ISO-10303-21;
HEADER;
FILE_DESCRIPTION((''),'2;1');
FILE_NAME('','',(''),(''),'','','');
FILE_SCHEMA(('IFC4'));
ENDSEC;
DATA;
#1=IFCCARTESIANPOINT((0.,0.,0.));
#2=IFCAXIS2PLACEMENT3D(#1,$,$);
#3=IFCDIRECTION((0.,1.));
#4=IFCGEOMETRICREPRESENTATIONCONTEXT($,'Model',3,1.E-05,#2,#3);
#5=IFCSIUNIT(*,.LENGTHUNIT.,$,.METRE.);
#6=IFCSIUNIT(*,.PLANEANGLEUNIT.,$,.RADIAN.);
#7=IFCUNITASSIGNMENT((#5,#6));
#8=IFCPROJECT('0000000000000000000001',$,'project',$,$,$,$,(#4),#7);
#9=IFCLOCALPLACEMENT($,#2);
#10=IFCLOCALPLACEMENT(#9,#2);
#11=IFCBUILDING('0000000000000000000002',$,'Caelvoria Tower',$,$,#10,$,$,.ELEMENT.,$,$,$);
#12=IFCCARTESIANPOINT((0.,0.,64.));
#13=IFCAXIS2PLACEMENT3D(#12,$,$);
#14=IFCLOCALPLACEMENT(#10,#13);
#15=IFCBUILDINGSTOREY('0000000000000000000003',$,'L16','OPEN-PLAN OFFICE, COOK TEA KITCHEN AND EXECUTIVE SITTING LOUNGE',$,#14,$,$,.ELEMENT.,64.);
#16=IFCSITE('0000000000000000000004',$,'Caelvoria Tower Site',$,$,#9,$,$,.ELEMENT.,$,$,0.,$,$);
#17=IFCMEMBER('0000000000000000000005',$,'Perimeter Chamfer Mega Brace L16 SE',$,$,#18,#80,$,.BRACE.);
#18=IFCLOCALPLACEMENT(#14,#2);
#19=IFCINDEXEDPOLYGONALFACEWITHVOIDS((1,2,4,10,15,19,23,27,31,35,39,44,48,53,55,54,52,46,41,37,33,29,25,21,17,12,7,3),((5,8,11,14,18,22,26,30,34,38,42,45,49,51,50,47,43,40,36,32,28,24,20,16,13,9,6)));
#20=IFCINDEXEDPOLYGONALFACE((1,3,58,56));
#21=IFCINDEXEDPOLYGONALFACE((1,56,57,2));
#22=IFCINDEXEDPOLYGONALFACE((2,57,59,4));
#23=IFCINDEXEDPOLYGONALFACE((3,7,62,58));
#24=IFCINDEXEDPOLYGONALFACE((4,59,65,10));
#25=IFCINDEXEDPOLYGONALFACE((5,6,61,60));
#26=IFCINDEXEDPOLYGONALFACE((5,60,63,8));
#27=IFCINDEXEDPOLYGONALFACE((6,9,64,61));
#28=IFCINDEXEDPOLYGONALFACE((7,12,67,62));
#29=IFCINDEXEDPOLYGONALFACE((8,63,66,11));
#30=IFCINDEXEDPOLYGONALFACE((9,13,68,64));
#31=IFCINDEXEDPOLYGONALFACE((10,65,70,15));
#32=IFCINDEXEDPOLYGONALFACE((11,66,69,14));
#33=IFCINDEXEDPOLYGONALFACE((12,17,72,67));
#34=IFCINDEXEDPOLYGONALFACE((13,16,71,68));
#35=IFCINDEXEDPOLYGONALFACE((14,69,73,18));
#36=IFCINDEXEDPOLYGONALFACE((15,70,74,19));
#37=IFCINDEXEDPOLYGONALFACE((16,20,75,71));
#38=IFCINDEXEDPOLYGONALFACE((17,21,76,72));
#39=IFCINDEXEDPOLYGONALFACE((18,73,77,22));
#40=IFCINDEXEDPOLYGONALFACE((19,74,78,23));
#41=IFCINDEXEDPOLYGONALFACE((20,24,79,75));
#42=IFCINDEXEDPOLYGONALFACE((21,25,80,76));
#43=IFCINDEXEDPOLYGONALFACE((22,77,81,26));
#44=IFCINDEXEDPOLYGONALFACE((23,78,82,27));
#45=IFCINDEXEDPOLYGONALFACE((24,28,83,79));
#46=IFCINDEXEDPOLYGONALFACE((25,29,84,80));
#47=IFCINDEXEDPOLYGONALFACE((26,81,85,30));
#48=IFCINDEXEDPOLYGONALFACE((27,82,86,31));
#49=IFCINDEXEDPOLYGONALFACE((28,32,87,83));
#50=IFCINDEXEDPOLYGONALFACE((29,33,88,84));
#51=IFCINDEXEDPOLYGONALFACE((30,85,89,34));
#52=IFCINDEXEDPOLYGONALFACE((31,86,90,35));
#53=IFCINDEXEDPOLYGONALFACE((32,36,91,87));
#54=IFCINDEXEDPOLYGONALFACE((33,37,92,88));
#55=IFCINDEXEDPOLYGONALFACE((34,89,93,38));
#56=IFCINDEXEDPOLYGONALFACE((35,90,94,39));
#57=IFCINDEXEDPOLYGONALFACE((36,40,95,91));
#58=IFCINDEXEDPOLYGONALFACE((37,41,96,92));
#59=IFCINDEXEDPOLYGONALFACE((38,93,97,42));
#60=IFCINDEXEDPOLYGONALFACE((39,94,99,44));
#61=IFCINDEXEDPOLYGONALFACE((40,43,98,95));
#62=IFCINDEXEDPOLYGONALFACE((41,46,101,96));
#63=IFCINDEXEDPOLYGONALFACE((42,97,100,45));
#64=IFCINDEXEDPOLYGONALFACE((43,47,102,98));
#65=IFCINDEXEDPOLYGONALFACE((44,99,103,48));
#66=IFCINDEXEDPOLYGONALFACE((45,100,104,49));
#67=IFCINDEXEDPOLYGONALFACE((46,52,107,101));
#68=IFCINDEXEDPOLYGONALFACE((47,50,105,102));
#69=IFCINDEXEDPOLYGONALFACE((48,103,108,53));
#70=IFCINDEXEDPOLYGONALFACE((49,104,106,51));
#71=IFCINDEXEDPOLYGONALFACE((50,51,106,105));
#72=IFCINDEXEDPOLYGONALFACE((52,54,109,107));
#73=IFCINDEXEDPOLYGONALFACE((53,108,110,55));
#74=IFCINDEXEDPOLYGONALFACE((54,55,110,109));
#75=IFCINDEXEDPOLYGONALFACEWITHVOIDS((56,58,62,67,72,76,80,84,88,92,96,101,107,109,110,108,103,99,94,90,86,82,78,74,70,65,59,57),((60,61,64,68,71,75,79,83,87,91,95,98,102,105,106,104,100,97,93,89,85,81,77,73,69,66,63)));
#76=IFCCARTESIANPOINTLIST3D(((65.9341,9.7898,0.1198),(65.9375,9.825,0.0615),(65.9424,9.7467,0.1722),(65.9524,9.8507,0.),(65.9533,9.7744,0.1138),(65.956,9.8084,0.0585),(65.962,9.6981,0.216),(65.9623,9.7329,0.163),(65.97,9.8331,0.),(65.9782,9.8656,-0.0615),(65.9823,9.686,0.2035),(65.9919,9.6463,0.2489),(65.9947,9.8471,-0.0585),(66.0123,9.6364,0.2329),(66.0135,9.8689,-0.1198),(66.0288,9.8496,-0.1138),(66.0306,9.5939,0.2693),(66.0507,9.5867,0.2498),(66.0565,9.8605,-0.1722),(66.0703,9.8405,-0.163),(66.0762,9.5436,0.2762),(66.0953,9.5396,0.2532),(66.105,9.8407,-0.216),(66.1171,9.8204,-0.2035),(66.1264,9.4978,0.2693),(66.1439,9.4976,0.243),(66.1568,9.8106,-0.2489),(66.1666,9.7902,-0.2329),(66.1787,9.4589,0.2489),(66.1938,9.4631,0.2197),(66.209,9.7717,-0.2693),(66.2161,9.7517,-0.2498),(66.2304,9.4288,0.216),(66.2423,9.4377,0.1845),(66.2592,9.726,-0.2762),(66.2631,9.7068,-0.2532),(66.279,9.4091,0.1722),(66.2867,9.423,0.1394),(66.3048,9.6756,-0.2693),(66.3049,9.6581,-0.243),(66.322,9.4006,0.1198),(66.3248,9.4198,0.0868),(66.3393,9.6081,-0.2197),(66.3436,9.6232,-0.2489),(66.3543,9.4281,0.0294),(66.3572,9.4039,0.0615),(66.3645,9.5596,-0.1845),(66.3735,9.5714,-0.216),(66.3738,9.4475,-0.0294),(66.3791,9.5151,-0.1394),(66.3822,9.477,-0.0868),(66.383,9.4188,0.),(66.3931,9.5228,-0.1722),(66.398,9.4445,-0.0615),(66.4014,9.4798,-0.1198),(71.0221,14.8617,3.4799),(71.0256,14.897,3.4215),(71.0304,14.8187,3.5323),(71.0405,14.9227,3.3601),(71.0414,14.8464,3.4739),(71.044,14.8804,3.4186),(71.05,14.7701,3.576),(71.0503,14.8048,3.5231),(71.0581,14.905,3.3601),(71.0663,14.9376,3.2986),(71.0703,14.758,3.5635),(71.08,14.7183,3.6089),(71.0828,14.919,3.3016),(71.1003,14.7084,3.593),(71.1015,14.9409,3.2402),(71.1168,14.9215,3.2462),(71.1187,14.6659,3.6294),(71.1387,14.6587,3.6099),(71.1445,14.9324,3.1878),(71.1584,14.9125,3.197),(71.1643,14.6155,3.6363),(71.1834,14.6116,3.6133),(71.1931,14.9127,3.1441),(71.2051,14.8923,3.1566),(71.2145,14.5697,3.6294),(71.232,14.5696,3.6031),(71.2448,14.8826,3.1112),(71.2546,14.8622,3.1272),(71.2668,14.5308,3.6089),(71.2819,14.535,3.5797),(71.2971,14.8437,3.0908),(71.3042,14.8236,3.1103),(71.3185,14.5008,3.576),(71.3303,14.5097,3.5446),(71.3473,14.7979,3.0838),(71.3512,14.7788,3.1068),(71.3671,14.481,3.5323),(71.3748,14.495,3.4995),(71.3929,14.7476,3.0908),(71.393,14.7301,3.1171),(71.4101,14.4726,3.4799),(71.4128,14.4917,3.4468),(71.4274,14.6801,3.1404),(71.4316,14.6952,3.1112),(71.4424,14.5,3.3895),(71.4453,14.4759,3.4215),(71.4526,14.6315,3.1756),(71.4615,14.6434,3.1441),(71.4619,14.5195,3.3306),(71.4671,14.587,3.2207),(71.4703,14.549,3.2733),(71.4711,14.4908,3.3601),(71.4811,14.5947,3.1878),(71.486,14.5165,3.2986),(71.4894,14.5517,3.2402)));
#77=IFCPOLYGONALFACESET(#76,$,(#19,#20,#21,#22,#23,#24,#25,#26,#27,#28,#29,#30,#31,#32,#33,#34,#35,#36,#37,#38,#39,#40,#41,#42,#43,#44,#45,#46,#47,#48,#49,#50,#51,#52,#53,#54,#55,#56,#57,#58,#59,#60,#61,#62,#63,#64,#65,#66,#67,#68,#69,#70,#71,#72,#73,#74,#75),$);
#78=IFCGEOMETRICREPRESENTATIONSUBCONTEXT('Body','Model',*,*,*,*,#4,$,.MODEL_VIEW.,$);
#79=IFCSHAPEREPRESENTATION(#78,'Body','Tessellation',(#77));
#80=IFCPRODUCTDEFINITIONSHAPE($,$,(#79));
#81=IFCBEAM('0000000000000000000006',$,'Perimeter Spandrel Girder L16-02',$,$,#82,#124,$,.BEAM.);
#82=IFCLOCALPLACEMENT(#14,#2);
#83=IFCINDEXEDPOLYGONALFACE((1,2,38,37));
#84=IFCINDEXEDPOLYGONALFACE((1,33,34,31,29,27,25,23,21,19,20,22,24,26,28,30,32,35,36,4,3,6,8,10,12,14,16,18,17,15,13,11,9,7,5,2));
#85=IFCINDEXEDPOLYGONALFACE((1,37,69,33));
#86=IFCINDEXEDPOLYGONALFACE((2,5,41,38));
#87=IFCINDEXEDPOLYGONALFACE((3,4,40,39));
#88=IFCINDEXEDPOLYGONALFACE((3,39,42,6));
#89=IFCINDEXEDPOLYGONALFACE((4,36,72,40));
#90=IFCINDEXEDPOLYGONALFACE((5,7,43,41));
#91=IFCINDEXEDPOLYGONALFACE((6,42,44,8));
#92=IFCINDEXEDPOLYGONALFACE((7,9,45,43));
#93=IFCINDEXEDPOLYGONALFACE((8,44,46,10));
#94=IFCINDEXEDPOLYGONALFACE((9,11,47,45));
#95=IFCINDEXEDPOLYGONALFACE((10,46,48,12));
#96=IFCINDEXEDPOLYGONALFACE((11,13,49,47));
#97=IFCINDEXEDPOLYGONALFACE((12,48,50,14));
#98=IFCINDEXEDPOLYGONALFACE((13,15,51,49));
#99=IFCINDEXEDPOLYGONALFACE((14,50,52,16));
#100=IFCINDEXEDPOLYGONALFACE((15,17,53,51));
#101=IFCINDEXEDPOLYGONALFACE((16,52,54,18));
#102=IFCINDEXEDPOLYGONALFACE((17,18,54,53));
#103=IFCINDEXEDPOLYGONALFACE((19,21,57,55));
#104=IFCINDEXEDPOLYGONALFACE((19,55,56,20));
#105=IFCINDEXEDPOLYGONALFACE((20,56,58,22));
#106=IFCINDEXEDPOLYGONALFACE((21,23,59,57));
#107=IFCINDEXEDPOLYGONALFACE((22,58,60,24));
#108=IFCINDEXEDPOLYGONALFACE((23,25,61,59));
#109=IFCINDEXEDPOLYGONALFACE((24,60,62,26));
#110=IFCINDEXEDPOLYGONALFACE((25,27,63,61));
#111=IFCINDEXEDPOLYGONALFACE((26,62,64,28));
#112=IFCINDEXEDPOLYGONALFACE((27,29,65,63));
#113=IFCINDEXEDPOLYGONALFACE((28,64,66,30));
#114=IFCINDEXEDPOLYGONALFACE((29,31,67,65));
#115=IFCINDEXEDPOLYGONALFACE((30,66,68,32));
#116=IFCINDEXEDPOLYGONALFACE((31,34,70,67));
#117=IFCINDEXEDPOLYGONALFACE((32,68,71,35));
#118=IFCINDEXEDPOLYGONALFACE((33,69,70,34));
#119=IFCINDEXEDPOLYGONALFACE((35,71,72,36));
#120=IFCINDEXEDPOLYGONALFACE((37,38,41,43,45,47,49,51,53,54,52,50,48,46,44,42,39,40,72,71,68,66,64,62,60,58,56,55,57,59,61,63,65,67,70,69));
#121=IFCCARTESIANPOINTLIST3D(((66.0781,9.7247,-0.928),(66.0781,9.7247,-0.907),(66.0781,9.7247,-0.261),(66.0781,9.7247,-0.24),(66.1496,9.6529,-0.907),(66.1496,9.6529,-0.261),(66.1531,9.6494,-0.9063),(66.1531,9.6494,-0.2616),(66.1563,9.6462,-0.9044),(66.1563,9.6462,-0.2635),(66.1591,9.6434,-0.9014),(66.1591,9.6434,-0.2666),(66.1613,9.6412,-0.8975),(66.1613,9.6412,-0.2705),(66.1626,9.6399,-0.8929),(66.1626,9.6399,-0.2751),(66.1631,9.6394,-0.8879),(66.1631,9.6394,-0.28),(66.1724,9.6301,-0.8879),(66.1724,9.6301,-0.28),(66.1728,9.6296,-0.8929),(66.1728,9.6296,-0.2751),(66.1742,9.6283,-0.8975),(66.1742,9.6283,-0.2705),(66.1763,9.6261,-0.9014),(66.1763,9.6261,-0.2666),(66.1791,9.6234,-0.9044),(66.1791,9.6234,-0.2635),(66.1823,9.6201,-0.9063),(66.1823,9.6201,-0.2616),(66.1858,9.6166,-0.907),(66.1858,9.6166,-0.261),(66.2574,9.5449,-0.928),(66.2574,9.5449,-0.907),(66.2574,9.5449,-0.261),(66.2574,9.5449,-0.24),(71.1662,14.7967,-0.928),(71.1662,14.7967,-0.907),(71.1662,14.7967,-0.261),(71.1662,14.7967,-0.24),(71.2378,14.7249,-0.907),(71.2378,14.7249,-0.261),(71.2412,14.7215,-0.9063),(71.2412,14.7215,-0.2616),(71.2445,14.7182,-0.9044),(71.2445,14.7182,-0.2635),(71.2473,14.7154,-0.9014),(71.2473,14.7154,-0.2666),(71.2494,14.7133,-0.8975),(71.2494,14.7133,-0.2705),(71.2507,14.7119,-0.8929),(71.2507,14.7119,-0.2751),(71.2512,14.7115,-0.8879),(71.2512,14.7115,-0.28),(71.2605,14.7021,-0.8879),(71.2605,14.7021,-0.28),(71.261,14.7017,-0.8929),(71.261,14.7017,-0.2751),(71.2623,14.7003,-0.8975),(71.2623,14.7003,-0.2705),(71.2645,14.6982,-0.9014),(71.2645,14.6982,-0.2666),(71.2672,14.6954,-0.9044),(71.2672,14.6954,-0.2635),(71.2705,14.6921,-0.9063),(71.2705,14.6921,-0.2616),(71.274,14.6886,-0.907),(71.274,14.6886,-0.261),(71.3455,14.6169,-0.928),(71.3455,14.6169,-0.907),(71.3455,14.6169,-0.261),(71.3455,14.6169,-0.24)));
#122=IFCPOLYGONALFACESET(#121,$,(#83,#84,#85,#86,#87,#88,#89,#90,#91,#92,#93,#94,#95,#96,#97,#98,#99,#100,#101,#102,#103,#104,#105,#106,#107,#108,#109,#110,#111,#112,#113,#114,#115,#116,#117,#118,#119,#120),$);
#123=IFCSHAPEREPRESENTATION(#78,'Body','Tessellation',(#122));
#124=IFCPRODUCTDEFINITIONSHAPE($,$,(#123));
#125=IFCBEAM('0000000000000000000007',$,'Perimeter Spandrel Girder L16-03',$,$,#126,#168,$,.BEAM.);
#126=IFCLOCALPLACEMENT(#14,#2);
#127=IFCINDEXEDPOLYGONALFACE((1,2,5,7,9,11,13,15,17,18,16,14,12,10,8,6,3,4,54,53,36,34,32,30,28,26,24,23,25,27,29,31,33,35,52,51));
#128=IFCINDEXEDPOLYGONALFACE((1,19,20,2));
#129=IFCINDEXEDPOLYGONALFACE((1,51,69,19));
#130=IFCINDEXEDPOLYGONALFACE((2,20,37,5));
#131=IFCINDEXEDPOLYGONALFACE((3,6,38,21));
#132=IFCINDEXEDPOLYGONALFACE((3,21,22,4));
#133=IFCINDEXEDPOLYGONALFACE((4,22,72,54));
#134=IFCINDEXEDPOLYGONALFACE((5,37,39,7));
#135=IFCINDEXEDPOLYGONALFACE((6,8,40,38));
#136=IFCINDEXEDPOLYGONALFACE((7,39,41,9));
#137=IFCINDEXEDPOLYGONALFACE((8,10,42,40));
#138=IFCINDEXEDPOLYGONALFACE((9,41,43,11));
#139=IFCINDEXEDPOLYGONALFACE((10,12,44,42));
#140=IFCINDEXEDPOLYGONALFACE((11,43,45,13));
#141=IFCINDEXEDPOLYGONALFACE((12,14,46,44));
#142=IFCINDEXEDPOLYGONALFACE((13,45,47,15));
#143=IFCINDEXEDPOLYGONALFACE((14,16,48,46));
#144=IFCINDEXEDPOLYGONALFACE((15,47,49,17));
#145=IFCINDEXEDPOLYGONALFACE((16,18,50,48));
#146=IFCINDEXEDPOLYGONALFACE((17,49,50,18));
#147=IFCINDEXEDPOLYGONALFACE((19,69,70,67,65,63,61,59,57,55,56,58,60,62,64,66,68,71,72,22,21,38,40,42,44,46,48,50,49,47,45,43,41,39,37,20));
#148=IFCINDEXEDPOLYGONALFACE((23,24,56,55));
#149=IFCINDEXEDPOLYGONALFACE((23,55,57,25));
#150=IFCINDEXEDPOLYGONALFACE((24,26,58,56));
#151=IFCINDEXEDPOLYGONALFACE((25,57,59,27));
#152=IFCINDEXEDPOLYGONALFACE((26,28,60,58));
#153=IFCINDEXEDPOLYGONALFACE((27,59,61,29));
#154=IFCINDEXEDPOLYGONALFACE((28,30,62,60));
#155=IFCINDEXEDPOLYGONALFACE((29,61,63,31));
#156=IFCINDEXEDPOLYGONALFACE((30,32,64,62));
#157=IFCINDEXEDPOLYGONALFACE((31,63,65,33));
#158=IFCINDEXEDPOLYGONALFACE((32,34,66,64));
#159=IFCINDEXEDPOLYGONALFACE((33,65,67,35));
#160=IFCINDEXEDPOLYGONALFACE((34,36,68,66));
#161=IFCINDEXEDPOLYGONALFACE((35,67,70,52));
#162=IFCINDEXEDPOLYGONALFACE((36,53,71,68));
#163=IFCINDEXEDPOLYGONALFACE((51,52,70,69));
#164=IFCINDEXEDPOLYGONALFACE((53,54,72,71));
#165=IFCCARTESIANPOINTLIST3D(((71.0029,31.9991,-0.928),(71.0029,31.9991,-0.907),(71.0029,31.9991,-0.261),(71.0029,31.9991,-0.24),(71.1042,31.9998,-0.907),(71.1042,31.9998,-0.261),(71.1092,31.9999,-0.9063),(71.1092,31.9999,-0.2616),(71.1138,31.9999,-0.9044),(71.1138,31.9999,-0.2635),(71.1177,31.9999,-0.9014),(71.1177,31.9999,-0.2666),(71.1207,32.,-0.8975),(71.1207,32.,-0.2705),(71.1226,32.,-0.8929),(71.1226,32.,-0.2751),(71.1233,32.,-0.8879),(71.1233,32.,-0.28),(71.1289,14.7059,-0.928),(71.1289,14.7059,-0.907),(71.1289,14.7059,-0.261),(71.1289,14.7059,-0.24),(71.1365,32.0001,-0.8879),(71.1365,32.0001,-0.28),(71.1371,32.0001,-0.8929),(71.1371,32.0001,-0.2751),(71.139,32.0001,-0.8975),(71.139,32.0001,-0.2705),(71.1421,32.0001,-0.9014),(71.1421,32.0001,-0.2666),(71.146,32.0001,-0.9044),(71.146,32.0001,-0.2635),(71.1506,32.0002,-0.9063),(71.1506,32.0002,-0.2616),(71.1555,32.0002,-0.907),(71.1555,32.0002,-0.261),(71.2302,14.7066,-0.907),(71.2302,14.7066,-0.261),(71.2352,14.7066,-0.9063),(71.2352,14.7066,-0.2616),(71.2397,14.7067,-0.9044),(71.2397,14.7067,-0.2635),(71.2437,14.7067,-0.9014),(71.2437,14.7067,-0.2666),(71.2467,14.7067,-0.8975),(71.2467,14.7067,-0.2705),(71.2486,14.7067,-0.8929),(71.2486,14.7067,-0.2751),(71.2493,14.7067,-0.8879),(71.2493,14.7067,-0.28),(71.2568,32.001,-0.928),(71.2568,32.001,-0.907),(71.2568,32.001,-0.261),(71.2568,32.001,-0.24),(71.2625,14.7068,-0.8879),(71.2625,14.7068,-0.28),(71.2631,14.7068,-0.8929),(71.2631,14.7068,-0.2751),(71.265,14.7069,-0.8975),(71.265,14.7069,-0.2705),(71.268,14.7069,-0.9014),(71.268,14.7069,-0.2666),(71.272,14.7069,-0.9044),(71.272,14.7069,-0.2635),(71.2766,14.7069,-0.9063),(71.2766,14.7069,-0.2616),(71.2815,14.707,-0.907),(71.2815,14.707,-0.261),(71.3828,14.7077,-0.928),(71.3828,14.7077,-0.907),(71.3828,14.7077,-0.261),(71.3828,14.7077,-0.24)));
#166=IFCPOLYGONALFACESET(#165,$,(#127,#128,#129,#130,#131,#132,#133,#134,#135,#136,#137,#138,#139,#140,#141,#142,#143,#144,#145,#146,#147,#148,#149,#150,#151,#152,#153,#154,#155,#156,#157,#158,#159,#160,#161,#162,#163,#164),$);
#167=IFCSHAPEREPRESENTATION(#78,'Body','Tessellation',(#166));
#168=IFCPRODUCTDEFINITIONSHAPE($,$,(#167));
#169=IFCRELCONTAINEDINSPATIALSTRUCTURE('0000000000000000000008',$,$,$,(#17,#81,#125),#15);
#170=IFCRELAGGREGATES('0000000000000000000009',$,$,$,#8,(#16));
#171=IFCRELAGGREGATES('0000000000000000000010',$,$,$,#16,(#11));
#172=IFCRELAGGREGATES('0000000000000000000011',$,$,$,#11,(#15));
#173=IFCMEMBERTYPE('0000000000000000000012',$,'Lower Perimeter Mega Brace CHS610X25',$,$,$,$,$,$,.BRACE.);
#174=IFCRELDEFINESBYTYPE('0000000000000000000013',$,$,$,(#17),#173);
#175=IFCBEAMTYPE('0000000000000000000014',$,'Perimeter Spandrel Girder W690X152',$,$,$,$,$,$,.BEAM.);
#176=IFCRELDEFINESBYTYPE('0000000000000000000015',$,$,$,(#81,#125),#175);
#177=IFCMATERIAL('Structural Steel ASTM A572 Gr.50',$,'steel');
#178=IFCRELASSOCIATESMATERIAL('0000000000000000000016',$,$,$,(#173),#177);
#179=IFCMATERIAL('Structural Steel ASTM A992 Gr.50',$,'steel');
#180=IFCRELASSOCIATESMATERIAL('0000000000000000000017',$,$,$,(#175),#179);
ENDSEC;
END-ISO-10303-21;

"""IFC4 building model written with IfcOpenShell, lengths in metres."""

from ifc_helpers import new_model, si_unit, direction, frame, origin, origin_2d, place, context, subcontext, project, spatial, hollow_circle, i_section, extrude, material, material_profile, profile_set, type_object, element, save


model = new_model("IFC4")

# Units and contexts
model_context = context("Model", 3, precision=1e-05, world=origin(), true_north=direction((0.0, 1.0)))
body_context = subcontext(model_context, "Body", "Model", "MODEL_VIEW")
ifc_project = project(units=[si_unit("LENGTHUNIT", "METRE"), si_unit("PLANEANGLEUNIT", "RADIAN")], contexts=[model_context])

# Site, building, storey
site_placement = place(None, origin())
site = spatial("IfcSite", under=ifc_project, at=site_placement, Name="Caelvoria Tower Site", CompositionType="ELEMENT", RefElevation=0.0)
building_placement = place(site_placement, origin())
building = spatial("IfcBuilding", under=site, at=building_placement, Name="Caelvoria Tower", CompositionType="ELEMENT")
storey_placement = place(building_placement, frame((0.0, 0.0, 64.0)))
storey = spatial("IfcBuildingStorey", under=building, at=storey_placement, Name="L16", Description="OPEN-PLAN OFFICE, COOK TEA KITCHEN AND EXECUTIVE SITTING LOUNGE", CompositionType="ELEMENT", Elevation=64.0)

# Shared definitions
ifc_material_1 = material(Name="Structural Steel ASTM A572 Gr.50", Category="steel")

# Shared definitions
ifc_material_2 = material(Name="Structural Steel ASTM A992 Gr.50", Category="steel")

# Member
ifc_material_profile_1 = material_profile(ifc_material_1, hollow_circle(Radius=0.3049, WallThickness=0.0249, at=origin_2d()), Name="Structural Steel ASTM A572 Gr.50")
ifc_profile_set_1 = profile_set([ifc_material_profile_1], Name="CHS610X25 - Structural Steel ASTM A572 Gr.50")
member_type = type_object("IfcMemberType", Name="Lower Perimeter Mega Brace CHS610X25", PredefinedType="BRACE", material=ifc_profile_set_1)
member_placement = place(storey_placement, frame((66.1677, 9.6348, 0.0), z_axis=(0.641529, 0.639498, 0.423654), x_axis=(-0.705984, 0.708227, 0.0)))
element("IfcMember", 1, at=member_placement, inside=storey, type_object=member_type, Name="Perimeter Chamfer Mega Brace L16 SE", PredefinedType="BRACE", context=body_context, shape_type="SweptSolid", body=[
    extrude(hollow_circle(Radius=0.3049, WallThickness=0.0249, at=origin_2d()), origin(), (0.0, 0.0, 1.0), 7.9312),
])

# Beams
ifc_material_profile_2 = material_profile(ifc_material_2, i_section(OverallWidth=0.2539, OverallDepth=0.688, WebThickness=0.0132, FlangeThickness=0.021, FilletRadius=0.019, at=origin_2d()), Name="Structural Steel ASTM A992 Gr.50")
ifc_profile_set_2 = profile_set([ifc_material_profile_2], Name="W690X152 - Structural Steel ASTM A992 Gr.50")
beam_type_1 = type_object("IfcBeamType", Name="Perimeter Spandrel Girder W690X152", PredefinedType="BEAM", material=ifc_profile_set_2)
beam_1_placement = place(storey_placement, frame((66.1677, 9.6348, -0.584), z_axis=(0.708227, 0.705984, 0.0), x_axis=(-0.705984, 0.708227, 0.0)))
element("IfcBeam", 2, at=beam_1_placement, inside=storey, type_object=beam_type_1, Name="Perimeter Spandrel Girder L16-02", PredefinedType="BEAM", context=body_context, shape_type="SweptSolid", body=[
    extrude(i_section(OverallWidth=0.2539, OverallDepth=0.688, WebThickness=0.0132, FlangeThickness=0.021, FilletRadius=0.019, at=origin_2d()), origin(), (0.0, 0.0, 1.0), 7.1843),
])
beam_2_placement = place(storey_placement, frame((71.2559, 14.7068, -0.584), z_axis=(-0.007285, 0.999973, 0.0), x_axis=(-0.999973, -0.007285, 0.0)))
element("IfcBeam", 3, at=beam_2_placement, inside=storey, type_object=beam_type_1, Name="Perimeter Spandrel Girder L16-03", PredefinedType="BEAM", context=body_context, shape_type="SweptSolid", body=[
    extrude(i_section(OverallWidth=0.2539, OverallDepth=0.688, WebThickness=0.0132, FlangeThickness=0.021, FilletRadius=0.019, at=origin_2d()), origin(), (0.0, 0.0, 1.0), 17.2937),
])

save(model, "model.ifc")
